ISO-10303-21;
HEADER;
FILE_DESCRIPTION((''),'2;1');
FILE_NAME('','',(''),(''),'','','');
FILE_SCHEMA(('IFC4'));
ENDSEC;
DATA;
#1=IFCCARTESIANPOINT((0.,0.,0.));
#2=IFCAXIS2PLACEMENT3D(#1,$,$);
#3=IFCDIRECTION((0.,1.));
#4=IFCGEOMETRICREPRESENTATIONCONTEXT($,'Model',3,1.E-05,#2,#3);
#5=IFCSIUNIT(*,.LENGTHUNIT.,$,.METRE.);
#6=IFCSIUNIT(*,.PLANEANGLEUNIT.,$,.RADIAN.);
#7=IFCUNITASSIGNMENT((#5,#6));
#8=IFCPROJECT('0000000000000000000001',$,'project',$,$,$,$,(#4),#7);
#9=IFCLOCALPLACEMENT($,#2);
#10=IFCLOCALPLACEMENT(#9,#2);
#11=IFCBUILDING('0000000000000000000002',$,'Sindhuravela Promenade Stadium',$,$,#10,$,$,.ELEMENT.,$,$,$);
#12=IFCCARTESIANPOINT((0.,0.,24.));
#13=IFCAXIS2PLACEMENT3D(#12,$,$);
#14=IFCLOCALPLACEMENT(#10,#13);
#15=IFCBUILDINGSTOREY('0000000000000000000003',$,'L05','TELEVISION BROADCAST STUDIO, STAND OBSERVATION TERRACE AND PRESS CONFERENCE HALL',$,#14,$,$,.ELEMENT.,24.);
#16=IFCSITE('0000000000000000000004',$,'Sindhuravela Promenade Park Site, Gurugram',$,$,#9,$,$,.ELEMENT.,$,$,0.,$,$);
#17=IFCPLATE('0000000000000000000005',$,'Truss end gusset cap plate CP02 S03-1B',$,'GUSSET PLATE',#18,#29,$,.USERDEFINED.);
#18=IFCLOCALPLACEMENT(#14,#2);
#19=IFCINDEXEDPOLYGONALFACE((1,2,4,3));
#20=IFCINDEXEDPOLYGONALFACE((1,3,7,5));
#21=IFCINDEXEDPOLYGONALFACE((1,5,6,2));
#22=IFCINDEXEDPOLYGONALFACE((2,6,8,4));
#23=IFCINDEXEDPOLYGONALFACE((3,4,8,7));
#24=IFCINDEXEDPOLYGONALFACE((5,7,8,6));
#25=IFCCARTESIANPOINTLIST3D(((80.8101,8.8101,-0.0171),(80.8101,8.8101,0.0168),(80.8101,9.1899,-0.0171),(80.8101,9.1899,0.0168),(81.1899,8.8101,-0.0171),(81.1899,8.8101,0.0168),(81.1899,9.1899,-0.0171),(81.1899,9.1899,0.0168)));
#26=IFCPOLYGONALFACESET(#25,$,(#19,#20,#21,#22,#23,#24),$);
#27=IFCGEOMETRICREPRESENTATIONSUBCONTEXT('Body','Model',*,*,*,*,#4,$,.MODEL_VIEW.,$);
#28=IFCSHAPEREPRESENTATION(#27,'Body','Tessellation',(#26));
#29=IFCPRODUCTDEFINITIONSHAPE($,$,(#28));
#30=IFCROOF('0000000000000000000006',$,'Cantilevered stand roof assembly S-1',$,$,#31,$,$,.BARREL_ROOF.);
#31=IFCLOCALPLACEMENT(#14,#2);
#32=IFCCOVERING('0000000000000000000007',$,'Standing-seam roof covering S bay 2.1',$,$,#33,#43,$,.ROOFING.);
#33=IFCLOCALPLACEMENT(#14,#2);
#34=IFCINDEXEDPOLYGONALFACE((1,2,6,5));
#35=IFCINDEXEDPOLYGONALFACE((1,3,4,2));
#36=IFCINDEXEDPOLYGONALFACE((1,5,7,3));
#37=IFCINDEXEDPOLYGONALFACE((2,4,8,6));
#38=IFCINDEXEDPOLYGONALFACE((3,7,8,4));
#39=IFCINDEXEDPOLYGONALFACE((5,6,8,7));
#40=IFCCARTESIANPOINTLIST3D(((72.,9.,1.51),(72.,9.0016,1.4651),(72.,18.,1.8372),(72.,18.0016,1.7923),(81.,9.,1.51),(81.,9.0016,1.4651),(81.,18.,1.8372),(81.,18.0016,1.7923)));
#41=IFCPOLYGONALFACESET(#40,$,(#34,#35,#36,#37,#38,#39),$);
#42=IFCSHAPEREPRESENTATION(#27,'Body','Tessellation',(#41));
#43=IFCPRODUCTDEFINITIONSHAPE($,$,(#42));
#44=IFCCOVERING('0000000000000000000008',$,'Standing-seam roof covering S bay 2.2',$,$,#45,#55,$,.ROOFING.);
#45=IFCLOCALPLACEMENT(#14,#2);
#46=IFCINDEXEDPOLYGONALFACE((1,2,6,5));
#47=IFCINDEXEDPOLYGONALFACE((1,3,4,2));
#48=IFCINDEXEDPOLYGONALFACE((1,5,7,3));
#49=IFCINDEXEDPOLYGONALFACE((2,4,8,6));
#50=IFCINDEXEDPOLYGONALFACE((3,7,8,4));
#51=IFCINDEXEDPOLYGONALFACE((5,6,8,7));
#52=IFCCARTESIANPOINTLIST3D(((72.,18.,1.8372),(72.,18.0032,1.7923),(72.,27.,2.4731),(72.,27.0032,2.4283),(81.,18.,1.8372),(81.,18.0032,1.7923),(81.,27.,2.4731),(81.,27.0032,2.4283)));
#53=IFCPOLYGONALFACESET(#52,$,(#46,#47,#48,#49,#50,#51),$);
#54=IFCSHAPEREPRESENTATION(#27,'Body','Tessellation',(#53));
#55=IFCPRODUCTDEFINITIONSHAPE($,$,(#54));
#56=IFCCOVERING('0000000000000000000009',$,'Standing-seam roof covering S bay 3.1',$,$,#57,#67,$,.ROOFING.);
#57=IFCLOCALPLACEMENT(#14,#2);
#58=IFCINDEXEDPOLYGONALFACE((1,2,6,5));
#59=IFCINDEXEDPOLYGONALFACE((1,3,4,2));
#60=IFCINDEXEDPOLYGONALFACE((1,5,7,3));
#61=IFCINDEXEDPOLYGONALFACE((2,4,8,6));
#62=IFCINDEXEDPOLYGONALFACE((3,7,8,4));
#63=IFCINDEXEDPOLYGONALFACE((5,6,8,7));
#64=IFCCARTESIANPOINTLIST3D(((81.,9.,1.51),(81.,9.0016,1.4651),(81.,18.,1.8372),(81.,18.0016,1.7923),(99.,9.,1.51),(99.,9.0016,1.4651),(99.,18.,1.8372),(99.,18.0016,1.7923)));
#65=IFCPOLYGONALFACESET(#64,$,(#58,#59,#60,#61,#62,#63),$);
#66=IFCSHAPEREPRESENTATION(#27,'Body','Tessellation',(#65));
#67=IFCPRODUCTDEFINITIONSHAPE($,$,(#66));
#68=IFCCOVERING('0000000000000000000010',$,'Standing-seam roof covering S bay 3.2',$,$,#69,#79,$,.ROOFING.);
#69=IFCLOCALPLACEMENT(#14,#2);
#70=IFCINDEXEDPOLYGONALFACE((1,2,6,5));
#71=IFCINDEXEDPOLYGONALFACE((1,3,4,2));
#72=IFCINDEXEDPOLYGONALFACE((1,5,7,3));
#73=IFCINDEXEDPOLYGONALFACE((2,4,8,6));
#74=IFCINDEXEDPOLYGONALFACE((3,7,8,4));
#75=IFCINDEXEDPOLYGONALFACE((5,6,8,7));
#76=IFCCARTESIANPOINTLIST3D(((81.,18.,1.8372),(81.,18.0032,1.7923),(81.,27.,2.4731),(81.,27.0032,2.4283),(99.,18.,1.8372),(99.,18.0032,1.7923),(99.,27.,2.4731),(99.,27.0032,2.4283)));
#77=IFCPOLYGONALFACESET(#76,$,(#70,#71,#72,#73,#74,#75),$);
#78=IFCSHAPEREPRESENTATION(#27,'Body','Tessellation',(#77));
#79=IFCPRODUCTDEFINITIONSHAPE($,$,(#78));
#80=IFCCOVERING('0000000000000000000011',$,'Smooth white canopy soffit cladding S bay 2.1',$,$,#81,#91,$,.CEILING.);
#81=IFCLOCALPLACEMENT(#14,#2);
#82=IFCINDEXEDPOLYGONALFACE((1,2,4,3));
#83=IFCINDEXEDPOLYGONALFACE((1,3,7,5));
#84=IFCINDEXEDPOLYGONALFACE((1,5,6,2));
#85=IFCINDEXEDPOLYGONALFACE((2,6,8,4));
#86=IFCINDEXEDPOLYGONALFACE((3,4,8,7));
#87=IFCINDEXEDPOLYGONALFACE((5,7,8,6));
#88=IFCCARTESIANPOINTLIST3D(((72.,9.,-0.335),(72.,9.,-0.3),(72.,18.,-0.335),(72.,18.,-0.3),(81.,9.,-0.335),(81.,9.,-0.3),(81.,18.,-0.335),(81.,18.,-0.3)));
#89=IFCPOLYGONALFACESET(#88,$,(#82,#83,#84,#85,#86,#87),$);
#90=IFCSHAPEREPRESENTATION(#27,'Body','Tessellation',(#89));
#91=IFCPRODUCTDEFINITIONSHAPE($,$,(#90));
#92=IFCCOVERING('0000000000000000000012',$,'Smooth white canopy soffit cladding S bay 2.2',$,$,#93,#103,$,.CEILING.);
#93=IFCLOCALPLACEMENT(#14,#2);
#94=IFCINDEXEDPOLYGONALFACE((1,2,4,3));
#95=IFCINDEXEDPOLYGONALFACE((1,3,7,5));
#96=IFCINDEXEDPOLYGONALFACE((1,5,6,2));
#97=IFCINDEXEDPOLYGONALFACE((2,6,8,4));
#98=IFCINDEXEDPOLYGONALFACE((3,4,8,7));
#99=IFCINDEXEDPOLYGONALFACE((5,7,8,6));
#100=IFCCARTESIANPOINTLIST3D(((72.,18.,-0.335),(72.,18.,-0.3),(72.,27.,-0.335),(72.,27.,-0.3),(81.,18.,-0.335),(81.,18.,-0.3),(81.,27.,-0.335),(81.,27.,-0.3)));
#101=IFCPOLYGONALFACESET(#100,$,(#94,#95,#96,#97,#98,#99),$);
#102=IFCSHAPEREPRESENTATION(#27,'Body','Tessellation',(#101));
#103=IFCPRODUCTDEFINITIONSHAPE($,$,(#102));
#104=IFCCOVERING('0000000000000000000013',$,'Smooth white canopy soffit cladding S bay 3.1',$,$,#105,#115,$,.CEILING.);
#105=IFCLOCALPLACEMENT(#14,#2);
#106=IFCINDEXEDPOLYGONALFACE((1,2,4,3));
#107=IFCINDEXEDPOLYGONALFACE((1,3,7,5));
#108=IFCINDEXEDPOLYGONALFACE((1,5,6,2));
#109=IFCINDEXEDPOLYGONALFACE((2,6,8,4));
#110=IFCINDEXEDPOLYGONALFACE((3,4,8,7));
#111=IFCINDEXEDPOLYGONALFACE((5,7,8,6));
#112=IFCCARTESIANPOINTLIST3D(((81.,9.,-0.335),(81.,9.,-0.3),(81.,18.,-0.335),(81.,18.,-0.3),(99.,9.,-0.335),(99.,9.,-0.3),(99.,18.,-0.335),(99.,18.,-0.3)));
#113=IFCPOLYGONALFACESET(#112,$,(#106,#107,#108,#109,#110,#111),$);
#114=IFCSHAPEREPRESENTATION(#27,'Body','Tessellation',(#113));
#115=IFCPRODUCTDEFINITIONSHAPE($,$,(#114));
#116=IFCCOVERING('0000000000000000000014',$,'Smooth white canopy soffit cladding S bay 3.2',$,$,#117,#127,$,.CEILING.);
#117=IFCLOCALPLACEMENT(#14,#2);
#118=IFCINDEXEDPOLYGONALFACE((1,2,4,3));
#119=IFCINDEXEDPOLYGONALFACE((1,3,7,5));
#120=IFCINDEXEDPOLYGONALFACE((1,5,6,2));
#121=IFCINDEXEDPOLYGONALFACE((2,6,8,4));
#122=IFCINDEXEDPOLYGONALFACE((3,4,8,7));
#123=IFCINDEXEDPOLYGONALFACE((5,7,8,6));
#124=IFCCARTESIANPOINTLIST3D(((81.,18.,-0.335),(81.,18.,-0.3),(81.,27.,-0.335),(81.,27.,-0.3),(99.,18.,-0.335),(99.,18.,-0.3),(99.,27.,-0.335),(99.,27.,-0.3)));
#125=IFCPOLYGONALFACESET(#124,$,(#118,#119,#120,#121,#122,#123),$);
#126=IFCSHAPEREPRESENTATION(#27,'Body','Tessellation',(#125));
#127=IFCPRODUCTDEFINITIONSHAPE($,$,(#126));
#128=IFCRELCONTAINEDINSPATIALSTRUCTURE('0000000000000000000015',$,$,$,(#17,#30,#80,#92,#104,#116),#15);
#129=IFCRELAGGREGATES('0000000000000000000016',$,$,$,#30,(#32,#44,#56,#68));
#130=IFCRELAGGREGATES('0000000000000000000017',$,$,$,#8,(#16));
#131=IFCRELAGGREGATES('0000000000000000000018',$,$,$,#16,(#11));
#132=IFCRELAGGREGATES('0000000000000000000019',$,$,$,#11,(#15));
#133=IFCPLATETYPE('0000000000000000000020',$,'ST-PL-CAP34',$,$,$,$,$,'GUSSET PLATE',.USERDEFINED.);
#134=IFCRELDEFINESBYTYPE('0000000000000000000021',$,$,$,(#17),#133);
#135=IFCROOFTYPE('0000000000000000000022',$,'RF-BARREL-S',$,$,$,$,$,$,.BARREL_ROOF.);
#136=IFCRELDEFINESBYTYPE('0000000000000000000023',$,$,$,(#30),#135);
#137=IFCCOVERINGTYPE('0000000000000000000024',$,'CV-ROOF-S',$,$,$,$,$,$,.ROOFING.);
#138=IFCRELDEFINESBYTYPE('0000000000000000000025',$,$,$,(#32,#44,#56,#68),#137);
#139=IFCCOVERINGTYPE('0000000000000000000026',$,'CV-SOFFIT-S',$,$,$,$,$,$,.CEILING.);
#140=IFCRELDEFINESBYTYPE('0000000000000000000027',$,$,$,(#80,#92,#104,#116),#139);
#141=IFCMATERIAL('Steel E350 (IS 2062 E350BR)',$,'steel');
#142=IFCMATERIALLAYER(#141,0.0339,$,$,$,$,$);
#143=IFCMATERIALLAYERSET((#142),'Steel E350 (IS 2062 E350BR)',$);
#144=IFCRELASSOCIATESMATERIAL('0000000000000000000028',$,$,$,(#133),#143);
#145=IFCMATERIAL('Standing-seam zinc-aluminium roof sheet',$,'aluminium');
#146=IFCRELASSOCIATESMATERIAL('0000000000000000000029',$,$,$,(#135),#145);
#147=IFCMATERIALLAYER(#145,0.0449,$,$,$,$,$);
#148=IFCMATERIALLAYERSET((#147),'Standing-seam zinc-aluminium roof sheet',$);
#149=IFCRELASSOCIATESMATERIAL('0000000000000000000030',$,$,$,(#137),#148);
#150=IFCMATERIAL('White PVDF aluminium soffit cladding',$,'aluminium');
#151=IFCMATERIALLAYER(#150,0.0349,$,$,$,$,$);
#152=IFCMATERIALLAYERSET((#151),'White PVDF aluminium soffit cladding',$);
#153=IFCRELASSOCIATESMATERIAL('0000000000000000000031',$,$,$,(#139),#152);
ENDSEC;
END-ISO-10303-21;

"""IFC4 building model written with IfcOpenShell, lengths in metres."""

from ifc_helpers import new_model, si_unit, direction, frame, origin, origin_2d, place, context, subcontext, project, spatial, polyline, rectangle, outline, extrude, material, layer, layer_set, type_object, element, aggregate, save


model = new_model("IFC4")

# Units and contexts
model_context = context("Model", 3, precision=1e-05, world=origin(), true_north=direction((0.0, 1.0)))
body_context = subcontext(model_context, "Body", "Model", "MODEL_VIEW")
ifc_project = project(units=[si_unit("LENGTHUNIT", "METRE"), si_unit("PLANEANGLEUNIT", "RADIAN")], contexts=[model_context])

# Site, building, storey
site_placement = place(None, origin())
site = spatial("IfcSite", under=ifc_project, at=site_placement, Name="Sindhuravela Promenade Park Site, Gurugram", CompositionType="ELEMENT", RefElevation=0.0)
building_placement = place(site_placement, origin())
building = spatial("IfcBuilding", under=site, at=building_placement, Name="Sindhuravela Promenade Stadium", CompositionType="ELEMENT")
storey_placement = place(building_placement, frame((0.0, 0.0, 24.0)))
storey = spatial("IfcBuildingStorey", under=building, at=storey_placement, Name="L05", Description="TELEVISION BROADCAST STUDIO, STAND OBSERVATION TERRACE AND PRESS CONFERENCE HALL", CompositionType="ELEMENT", Elevation=24.0)

# Shared definitions
ifc_material_1 = material(Name="Steel E350 (IS 2062 E350BR)", Category="steel")

# Plate
ifc_layer_1 = layer(ifc_material_1, 0.0339)
ifc_layer_set_1 = layer_set([ifc_layer_1], Name="Steel E350 (IS 2062 E350BR)")
plate_type_1 = type_object("IfcPlateType", Name="ST-PL-CAP34", ElementType="GUSSET PLATE", PredefinedType="USERDEFINED", material=ifc_layer_set_1)
for number, where, z_axis, x_axis, name in (
    (1, (81.0, 9.0, -0.0171), (0.0, 0.0, 1.0), (1.0, 0.0, 0.0), "Truss end gusset cap plate CP02 S03-1B"),
):
    element("IfcPlate", number, at=place(storey_placement, frame(where, z_axis=z_axis, x_axis=x_axis)), inside=storey, type_object=plate_type_1, Name=name, ObjectType="GUSSET PLATE", PredefinedType="USERDEFINED", context=body_context, shape_type="SweptSolid", body=[
        extrude(rectangle(XDim=0.3799, YDim=0.3799, at=origin_2d()), origin(), (0.0, 0.0, 1.0), 0.0339),
    ])

# Roof, coverings
ifc_material_2 = material(Name="Standing-seam zinc-aluminium roof sheet", Category="aluminium")
roof_type = type_object("IfcRoofType", Name="RF-BARREL-S", PredefinedType="BARREL_ROOF", material=ifc_material_2)
roof_placement = place(storey_placement, origin())
roof = element("IfcRoof", 2, at=roof_placement, inside=storey, type_object=roof_type, Name="Cantilevered stand roof assembly S-1", PredefinedType="BARREL_ROOF")
ifc_layer_2 = layer(ifc_material_2, 0.0449)
ifc_layer_set_2 = layer_set([ifc_layer_2], Name="Standing-seam zinc-aluminium roof sheet")
covering_type_1 = type_object("IfcCoveringType", Name="CV-ROOF-S", PredefinedType="ROOFING", material=ifc_layer_set_2)
covering_1_placement = place(storey_placement, frame((72.0, 9.0, 1.51), z_axis=(0.0, -0.036326, 0.99934), x_axis=(1.0, 0.0, 0.0)))
covering_1 = element("IfcCovering", 3, at=covering_1_placement, type_object=covering_type_1, Name="Standing-seam roof covering S bay 2.1", PredefinedType="ROOFING", context=body_context, shape_type="SweptSolid", body=[
    extrude(outline(polyline([(0.0, 0.0), (9.0, 0.0), (9.0, 9.0059), (0.0, 9.0059), (0.0, 0.0)])), origin(), (0.0, 0.0, -1.0), 0.0449),
])
covering_2_placement = place(storey_placement, frame((72.0, 18.0, 1.8372), z_axis=(0.0, -0.070489, 0.997513), x_axis=(1.0, 0.0, 0.0)))
covering_2 = element("IfcCovering", 4, at=covering_2_placement, type_object=covering_type_1, Name="Standing-seam roof covering S bay 2.2", PredefinedType="ROOFING", context=body_context, shape_type="SweptSolid", body=[
    extrude(outline(polyline([(0.0, 0.0), (9.0, 0.0), (9.0, 9.0224), (0.0, 9.0224), (0.0, 0.0)])), origin(), (0.0, 0.0, -1.0), 0.0449),
])
covering_3_placement = place(storey_placement, frame((81.0, 9.0, 1.51), z_axis=(0.0, -0.036326, 0.99934), x_axis=(1.0, 0.0, 0.0)))
covering_3 = element("IfcCovering", 5, at=covering_3_placement, type_object=covering_type_1, Name="Standing-seam roof covering S bay 3.1", PredefinedType="ROOFING", context=body_context, shape_type="SweptSolid", body=[
    extrude(outline(polyline([(0.0, 0.0), (18.0, 0.0), (18.0, 9.0059), (0.0, 9.0059), (0.0, 0.0)])), origin(), (0.0, 0.0, -1.0), 0.0449),
])
covering_4_placement = place(storey_placement, frame((81.0, 18.0, 1.8372), z_axis=(0.0, -0.070489, 0.997513), x_axis=(1.0, 0.0, 0.0)))
covering_4 = element("IfcCovering", 6, at=covering_4_placement, type_object=covering_type_1, Name="Standing-seam roof covering S bay 3.2", PredefinedType="ROOFING", context=body_context, shape_type="SweptSolid", body=[
    extrude(outline(polyline([(0.0, 0.0), (18.0, 0.0), (18.0, 9.0224), (0.0, 9.0224), (0.0, 0.0)])), origin(), (0.0, 0.0, -1.0), 0.0449),
])
aggregate(roof, [covering_1, covering_2, covering_3, covering_4])

# Coverings
ifc_material_3 = material(Name="White PVDF aluminium soffit cladding", Category="aluminium")
ifc_layer_3 = layer(ifc_material_3, 0.0349)
ifc_layer_set_3 = layer_set([ifc_layer_3], Name="White PVDF aluminium soffit cladding")
covering_type_2 = type_object("IfcCoveringType", Name="CV-SOFFIT-S", PredefinedType="CEILING", material=ifc_layer_set_3)
for number, where, z_axis, x_axis, name in (
    (7, (72.0, 9.0, -0.3), (0.0, 0.0, 1.0), (1.0, 0.0, 0.0), "Smooth white canopy soffit cladding S bay 2.1"),
    (8, (72.0, 18.0, -0.3), (0.0, 0.0, 1.0), (1.0, 0.0, 0.0), "Smooth white canopy soffit cladding S bay 2.2"),
):
    element("IfcCovering", number, at=place(storey_placement, frame(where, z_axis=z_axis, x_axis=x_axis)), inside=storey, type_object=covering_type_2, Name=name, PredefinedType="CEILING", context=body_context, shape_type="SweptSolid", body=[
        extrude(outline(polyline([(0.0, 0.0), (9.0, 0.0), (9.0, 9.0), (0.0, 9.0), (0.0, 0.0)])), origin(), (0.0, 0.0, -1.0), 0.0349),
    ])
for number, where, z_axis, x_axis, name in (
    (9, (81.0, 9.0, -0.3), (0.0, 0.0, 1.0), (1.0, 0.0, 0.0), "Smooth white canopy soffit cladding S bay 3.1"),
    (10, (81.0, 18.0, -0.3), (0.0, 0.0, 1.0), (1.0, 0.0, 0.0), "Smooth white canopy soffit cladding S bay 3.2"),
):
    element("IfcCovering", number, at=place(storey_placement, frame(where, z_axis=z_axis, x_axis=x_axis)), inside=storey, type_object=covering_type_2, Name=name, PredefinedType="CEILING", context=body_context, shape_type="SweptSolid", body=[
        extrude(outline(polyline([(0.0, 0.0), (18.0, 0.0), (18.0, 9.0), (0.0, 9.0), (0.0, 0.0)])), origin(), (0.0, 0.0, -1.0), 0.0349),
    ])

save(model, "model.ifc")
